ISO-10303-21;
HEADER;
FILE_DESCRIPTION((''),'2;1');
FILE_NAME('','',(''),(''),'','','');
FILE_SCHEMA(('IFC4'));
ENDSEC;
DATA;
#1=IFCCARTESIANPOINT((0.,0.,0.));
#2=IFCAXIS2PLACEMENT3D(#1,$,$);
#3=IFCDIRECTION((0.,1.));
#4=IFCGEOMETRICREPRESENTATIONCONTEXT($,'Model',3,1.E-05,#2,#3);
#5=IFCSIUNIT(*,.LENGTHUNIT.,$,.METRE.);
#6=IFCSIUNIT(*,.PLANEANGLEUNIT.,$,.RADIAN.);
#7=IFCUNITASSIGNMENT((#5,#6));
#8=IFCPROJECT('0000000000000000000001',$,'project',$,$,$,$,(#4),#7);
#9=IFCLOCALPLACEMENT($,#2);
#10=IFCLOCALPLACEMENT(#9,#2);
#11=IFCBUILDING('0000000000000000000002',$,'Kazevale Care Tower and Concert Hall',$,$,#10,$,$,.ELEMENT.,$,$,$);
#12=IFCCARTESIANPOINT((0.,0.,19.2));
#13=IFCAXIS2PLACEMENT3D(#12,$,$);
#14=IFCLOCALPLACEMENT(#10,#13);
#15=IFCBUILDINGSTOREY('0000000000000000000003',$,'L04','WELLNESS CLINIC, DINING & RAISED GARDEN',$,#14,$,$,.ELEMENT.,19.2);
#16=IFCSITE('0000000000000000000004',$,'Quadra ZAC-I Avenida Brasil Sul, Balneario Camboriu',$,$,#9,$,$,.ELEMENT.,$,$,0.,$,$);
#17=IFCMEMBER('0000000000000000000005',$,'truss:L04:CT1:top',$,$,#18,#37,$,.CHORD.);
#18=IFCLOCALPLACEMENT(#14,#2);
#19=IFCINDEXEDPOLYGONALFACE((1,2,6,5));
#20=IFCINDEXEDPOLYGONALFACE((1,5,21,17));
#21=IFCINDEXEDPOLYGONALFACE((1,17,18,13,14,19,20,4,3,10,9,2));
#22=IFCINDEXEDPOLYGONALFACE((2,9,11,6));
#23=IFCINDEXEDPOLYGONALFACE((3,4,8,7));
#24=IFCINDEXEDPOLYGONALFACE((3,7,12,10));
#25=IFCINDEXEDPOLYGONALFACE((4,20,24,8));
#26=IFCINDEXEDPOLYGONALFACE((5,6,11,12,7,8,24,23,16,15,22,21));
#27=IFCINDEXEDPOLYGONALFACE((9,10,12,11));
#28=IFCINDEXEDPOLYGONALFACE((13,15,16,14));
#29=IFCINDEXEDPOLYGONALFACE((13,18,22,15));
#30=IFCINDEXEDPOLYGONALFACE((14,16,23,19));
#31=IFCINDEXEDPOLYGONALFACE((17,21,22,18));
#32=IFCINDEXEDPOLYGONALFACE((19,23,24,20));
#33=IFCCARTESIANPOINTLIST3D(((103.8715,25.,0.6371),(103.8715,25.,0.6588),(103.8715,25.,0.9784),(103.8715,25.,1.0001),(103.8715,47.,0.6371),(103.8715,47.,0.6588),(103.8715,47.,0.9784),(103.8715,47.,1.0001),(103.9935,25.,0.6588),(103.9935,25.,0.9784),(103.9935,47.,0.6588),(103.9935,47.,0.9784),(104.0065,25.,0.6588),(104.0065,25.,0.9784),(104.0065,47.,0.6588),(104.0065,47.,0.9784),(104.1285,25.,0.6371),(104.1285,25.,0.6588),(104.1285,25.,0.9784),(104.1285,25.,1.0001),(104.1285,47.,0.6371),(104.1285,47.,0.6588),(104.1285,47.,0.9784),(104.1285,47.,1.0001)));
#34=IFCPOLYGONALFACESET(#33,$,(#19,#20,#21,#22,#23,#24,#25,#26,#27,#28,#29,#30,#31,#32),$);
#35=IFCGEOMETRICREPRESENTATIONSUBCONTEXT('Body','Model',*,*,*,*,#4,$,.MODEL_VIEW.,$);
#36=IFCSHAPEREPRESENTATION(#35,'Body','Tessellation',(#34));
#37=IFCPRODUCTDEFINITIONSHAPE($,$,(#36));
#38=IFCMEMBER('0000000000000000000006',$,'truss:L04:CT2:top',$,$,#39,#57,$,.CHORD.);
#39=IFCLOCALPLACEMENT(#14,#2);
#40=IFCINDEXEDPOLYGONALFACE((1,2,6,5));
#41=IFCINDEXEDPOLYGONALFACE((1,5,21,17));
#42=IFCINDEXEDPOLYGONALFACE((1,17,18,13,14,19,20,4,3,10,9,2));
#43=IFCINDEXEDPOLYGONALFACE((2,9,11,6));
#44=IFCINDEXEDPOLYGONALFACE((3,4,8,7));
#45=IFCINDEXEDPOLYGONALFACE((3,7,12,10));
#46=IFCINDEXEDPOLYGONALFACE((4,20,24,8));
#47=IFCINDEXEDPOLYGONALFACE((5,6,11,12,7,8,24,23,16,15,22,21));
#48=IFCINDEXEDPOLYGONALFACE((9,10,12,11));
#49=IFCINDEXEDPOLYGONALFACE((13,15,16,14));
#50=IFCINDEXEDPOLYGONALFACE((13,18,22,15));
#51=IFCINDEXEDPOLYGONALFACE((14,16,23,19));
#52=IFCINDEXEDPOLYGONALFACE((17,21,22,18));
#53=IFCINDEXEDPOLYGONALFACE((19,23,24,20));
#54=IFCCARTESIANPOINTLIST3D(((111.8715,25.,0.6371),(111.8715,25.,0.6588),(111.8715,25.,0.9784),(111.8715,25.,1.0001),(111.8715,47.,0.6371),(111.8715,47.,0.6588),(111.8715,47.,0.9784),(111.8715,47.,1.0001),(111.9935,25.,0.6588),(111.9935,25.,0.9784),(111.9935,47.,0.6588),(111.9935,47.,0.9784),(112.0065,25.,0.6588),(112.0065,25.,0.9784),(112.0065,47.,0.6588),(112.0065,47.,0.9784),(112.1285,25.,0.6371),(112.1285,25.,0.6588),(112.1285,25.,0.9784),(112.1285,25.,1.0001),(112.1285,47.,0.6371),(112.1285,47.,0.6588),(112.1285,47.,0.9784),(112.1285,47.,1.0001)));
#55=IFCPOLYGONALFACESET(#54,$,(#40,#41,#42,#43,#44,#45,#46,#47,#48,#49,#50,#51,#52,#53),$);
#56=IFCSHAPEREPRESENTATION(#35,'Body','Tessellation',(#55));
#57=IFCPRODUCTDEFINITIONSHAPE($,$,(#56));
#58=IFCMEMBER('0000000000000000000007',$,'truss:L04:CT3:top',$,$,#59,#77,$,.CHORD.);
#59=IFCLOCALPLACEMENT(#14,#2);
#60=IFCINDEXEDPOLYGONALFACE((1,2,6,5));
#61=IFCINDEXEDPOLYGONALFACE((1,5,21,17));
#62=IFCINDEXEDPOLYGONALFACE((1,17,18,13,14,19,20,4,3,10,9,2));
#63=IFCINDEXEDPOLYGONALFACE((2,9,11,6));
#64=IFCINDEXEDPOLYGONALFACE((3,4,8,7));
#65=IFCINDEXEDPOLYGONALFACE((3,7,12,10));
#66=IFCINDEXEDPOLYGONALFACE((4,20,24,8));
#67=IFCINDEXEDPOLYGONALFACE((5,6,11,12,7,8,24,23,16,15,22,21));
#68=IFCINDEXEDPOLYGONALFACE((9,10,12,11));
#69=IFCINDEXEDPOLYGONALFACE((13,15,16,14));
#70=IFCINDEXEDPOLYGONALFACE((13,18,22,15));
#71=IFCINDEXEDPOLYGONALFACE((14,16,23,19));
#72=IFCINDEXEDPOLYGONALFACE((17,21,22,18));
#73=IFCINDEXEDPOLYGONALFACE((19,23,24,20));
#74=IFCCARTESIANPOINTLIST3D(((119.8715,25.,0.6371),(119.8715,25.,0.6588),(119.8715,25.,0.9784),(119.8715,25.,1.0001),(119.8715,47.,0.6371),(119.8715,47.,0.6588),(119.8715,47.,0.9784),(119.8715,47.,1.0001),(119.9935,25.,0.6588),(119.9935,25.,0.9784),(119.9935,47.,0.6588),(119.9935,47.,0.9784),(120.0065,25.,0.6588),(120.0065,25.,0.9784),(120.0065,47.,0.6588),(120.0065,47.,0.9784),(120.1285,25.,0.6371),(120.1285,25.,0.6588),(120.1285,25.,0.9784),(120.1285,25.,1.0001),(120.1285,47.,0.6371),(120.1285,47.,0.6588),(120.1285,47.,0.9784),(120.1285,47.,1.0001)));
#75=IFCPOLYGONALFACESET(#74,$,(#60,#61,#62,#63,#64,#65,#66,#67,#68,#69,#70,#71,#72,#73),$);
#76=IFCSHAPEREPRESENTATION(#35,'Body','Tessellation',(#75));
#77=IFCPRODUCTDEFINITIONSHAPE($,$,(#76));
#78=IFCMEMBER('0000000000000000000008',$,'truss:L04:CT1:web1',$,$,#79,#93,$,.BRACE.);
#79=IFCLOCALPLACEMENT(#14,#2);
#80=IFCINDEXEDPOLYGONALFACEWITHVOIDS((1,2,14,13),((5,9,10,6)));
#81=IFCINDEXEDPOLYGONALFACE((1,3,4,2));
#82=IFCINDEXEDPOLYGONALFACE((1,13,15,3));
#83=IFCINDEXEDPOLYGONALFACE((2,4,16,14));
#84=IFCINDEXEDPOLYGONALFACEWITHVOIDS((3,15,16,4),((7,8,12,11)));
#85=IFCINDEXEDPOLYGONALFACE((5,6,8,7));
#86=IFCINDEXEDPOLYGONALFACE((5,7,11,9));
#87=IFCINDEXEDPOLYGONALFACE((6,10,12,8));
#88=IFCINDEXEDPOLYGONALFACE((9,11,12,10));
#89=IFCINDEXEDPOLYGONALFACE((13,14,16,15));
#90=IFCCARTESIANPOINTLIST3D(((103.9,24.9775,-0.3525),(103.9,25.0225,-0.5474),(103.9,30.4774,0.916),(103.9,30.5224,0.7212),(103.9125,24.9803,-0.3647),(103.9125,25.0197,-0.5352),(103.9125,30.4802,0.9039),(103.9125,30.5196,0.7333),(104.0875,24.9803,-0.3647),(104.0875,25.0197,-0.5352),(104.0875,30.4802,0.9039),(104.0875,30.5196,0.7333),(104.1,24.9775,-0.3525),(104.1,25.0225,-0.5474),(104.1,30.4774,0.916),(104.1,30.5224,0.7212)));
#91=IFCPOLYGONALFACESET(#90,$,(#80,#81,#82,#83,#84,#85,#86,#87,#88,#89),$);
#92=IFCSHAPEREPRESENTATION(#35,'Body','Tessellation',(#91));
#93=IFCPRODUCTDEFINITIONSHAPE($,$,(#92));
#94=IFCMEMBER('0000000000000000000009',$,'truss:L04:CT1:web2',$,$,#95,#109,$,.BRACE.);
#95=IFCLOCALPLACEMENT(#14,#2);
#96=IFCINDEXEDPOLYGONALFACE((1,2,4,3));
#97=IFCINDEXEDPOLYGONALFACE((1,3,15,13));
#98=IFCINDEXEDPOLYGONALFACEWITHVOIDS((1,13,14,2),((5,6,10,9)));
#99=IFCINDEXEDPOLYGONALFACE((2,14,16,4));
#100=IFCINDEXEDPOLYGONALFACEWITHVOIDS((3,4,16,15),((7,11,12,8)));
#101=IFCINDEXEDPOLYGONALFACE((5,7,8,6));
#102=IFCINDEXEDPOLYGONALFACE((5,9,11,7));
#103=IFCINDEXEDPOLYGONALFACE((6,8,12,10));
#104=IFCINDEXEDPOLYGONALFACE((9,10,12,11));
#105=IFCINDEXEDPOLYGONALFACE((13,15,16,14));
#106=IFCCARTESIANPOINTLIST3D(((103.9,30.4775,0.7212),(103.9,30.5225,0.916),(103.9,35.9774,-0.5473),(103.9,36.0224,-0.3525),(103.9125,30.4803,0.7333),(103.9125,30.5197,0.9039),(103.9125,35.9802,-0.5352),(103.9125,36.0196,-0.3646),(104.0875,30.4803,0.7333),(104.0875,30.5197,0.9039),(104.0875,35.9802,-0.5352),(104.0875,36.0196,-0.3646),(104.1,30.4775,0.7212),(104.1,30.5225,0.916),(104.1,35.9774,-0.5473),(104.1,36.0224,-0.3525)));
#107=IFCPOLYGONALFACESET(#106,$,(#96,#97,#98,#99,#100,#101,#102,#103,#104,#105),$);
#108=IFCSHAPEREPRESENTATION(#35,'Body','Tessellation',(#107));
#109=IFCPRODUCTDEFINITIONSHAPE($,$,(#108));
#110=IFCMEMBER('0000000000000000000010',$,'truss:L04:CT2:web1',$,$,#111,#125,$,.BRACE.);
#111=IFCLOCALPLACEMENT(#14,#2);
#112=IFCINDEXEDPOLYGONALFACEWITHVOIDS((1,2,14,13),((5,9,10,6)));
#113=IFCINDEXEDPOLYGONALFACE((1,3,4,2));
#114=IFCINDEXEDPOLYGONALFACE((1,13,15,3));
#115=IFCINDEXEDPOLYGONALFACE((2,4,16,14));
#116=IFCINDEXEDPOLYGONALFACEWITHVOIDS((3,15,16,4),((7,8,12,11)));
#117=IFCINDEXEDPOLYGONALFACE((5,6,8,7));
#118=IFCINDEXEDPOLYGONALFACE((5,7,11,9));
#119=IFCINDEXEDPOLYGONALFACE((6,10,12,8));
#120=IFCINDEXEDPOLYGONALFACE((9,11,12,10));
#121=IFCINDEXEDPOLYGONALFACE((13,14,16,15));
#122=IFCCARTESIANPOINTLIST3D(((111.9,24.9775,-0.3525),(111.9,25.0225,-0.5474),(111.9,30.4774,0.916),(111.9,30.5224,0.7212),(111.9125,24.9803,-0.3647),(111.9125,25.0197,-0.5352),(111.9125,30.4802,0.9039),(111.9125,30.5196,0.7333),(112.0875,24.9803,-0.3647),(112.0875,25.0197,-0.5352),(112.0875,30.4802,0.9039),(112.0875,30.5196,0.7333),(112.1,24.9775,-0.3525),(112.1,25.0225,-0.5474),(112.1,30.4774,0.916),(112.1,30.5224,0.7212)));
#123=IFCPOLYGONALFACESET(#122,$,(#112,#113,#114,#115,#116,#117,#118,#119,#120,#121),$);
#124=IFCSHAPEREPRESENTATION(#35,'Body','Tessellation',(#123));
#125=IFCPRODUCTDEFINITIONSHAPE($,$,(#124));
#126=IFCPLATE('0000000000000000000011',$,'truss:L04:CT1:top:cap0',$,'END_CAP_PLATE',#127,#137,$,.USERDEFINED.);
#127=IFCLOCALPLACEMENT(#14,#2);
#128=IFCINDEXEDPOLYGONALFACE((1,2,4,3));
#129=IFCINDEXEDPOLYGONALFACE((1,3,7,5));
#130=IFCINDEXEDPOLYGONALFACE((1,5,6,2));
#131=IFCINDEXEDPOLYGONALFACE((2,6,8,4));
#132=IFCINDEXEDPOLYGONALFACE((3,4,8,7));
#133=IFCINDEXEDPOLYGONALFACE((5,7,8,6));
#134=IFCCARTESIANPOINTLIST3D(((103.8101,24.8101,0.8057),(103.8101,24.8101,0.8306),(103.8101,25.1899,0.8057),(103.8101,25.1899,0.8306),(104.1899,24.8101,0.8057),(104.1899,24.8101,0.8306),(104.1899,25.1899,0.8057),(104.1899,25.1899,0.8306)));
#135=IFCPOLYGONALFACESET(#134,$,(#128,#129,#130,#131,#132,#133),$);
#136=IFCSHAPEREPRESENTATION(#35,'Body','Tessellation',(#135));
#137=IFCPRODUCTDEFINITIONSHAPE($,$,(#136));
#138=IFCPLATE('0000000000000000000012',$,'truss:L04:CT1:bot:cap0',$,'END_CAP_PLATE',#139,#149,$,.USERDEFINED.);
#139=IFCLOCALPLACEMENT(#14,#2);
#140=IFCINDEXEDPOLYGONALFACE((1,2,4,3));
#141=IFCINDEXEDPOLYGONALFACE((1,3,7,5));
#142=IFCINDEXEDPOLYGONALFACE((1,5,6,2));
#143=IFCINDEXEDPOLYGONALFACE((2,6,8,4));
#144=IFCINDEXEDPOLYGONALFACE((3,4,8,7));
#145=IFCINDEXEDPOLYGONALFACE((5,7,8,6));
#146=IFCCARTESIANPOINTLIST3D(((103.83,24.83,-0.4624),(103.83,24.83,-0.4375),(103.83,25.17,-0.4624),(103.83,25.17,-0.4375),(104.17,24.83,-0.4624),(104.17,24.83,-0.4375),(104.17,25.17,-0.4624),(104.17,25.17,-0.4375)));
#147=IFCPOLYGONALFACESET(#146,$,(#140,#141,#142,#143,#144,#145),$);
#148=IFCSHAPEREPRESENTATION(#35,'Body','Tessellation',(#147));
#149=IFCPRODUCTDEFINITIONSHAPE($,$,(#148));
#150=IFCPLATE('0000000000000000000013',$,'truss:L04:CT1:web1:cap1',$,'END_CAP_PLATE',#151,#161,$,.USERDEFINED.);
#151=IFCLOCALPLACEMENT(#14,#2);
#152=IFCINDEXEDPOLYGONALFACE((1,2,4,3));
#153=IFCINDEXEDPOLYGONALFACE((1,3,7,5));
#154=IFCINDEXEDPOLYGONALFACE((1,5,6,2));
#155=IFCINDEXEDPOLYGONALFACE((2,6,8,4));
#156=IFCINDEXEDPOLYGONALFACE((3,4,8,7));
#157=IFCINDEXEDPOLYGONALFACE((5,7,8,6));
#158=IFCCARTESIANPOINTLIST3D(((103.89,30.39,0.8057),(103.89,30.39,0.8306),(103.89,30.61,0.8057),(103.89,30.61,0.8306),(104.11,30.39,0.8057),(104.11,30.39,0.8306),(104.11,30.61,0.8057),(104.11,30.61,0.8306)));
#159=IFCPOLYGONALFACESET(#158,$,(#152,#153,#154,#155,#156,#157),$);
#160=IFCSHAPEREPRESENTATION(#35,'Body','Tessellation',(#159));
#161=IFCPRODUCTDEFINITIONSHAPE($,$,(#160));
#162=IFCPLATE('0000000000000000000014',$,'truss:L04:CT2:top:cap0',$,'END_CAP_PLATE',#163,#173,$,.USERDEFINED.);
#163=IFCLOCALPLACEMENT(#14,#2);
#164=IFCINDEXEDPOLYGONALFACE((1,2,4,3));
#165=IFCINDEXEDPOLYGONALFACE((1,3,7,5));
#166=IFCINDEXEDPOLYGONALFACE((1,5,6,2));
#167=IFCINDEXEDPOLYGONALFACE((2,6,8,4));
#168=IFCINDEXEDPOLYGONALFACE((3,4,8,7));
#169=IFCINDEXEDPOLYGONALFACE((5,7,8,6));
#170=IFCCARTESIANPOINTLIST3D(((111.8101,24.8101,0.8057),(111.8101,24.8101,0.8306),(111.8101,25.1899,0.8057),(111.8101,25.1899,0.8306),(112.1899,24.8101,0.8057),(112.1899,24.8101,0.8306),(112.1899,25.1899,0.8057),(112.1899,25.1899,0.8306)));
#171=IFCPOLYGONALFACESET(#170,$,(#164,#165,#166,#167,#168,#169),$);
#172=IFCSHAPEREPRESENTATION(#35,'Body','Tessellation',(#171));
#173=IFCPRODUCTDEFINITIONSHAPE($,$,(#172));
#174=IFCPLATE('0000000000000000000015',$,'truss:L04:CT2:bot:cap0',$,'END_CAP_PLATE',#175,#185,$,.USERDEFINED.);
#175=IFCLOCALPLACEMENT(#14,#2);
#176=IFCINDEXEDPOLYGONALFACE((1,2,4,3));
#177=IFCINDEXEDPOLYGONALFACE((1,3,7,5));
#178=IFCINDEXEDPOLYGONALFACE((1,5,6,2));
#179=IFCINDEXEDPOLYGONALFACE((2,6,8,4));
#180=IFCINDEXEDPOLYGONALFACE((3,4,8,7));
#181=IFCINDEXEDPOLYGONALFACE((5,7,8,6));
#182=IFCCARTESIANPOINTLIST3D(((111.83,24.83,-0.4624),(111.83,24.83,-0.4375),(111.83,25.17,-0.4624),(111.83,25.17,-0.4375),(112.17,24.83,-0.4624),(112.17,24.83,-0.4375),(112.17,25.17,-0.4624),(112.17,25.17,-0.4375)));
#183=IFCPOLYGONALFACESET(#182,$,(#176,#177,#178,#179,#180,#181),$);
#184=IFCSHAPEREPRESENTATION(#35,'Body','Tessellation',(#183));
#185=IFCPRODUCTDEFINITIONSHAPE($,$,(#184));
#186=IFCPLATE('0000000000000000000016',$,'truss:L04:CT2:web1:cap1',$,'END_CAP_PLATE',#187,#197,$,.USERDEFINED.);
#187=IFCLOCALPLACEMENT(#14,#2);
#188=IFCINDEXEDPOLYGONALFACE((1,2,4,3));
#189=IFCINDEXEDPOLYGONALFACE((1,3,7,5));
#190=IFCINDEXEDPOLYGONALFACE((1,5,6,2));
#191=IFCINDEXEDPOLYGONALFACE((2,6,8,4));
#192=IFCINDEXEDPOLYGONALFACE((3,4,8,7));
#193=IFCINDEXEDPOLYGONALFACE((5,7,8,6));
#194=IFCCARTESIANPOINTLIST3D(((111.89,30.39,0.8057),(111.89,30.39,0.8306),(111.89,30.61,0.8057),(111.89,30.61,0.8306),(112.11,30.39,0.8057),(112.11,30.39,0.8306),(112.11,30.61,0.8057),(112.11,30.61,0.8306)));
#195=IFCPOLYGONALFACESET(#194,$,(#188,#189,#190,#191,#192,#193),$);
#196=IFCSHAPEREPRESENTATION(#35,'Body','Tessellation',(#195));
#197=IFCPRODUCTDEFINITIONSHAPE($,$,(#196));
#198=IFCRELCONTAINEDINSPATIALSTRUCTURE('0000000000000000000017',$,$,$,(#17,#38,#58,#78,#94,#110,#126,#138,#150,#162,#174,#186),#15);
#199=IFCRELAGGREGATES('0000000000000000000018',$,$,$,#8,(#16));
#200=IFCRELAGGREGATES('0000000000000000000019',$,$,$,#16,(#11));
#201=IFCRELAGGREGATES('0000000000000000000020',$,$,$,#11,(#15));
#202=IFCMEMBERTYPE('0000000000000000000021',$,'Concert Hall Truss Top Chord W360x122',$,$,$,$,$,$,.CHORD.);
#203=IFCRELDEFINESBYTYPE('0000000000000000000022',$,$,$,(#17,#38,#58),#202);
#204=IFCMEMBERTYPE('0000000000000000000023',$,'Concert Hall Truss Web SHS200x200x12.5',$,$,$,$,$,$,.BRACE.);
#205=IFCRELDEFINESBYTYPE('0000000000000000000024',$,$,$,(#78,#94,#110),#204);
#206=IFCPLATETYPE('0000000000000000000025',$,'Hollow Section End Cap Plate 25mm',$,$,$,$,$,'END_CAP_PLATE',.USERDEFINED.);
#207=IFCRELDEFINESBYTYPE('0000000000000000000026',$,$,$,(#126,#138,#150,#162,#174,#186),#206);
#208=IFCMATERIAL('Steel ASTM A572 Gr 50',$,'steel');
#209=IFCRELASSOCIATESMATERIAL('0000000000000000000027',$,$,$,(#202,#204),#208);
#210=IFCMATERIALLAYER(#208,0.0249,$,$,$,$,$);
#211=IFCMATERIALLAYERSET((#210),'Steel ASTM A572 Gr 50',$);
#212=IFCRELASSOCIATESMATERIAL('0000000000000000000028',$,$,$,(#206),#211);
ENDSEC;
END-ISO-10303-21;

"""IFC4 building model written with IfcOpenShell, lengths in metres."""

from ifc_helpers import new_model, si_unit, direction, frame, origin, origin_2d, place, context, subcontext, project, spatial, rectangle, hollow_rectangle, i_section, extrude, material, layer, layer_set, material_profile, profile_set, type_object, element, save


model = new_model("IFC4")

# Units and contexts
model_context = context("Model", 3, precision=1e-05, world=origin(), true_north=direction((0.0, 1.0)))
body_context = subcontext(model_context, "Body", "Model", "MODEL_VIEW")
ifc_project = project(units=[si_unit("LENGTHUNIT", "METRE"), si_unit("PLANEANGLEUNIT", "RADIAN")], contexts=[model_context])

# Site, building, storey
site_placement = place(None, origin())
site = spatial("IfcSite", under=ifc_project, at=site_placement, Name="Quadra ZAC-I Avenida Brasil Sul, Balneario Camboriu", CompositionType="ELEMENT", RefElevation=0.0)
building_placement = place(site_placement, origin())
building = spatial("IfcBuilding", under=site, at=building_placement, Name="Kazevale Care Tower and Concert Hall", CompositionType="ELEMENT")
storey_placement = place(building_placement, frame((0.0, 0.0, 19.2)))
storey = spatial("IfcBuildingStorey", under=building, at=storey_placement, Name="L04", Description="WELLNESS CLINIC, DINING & RAISED GARDEN", CompositionType="ELEMENT", Elevation=19.2)

# Shared definitions
ifc_material_1 = material(Name="Steel ASTM A572 Gr 50", Category="steel")

# Members
ifc_material_profile_1 = material_profile(ifc_material_1, i_section(OverallWidth=0.2571, OverallDepth=0.363, WebThickness=0.0129, FlangeThickness=0.0217, at=origin_2d()), Name="W360x122")
ifc_profile_set_1 = profile_set([ifc_material_profile_1], Name="Steel ASTM A572 Gr 50")
member_type_1 = type_object("IfcMemberType", Name="Concert Hall Truss Top Chord W360x122", PredefinedType="CHORD", material=ifc_profile_set_1)
for number, where, z_axis, x_axis, name in (
    (1, (104.0, 25.0, 0.8186), (0.0, 1.0, 0.0), (-1.0, 0.0, 0.0), "truss:L04:CT1:top"),
    (2, (112.0, 25.0, 0.8186), (0.0, 1.0, 0.0), (-1.0, 0.0, 0.0), "truss:L04:CT2:top"),
    (3, (120.0, 25.0, 0.8186), (0.0, 1.0, 0.0), (-1.0, 0.0, 0.0), "truss:L04:CT3:top"),
):
    element("IfcMember", number, at=place(storey_placement, frame(where, z_axis=z_axis, x_axis=x_axis)), inside=storey, type_object=member_type_1, Name=name, PredefinedType="CHORD", context=body_context, shape_type="SweptSolid", body=[
        extrude(i_section(OverallWidth=0.2571, OverallDepth=0.363, WebThickness=0.0129, FlangeThickness=0.0217, at=origin_2d()), origin(), (0.0, 0.0, 1.0), 22.0),
    ])
ifc_material_profile_2 = material_profile(ifc_material_1, hollow_rectangle(XDim=0.2, YDim=0.2, WallThickness=0.0125, at=origin_2d()), Name="SHS200x200x12.5")
ifc_profile_set_2 = profile_set([ifc_material_profile_2], Name="Steel ASTM A572 Gr 50")
member_type_2 = type_object("IfcMemberType", Name="Concert Hall Truss Web SHS200x200x12.5", PredefinedType="BRACE", material=ifc_profile_set_2)
for number, where, z_axis, x_axis, name in (
    (4, (104.0, 25.0, -0.45), (0.0, 0.974417, 0.224746), (-1.0, 0.0, 0.0), "truss:L04:CT1:web1"),
    (5, (104.0, 30.5, 0.8186), (0.0, 0.974417, -0.224746), (-1.0, 0.0, 0.0), "truss:L04:CT1:web2"),
    (6, (112.0, 25.0, -0.45), (0.0, 0.974417, 0.224746), (-1.0, 0.0, 0.0), "truss:L04:CT2:web1"),
):
    element("IfcMember", number, at=place(storey_placement, frame(where, z_axis=z_axis, x_axis=x_axis)), inside=storey, type_object=member_type_2, Name=name, PredefinedType="BRACE", context=body_context, shape_type="SweptSolid", body=[
        extrude(hollow_rectangle(XDim=0.2, YDim=0.2, WallThickness=0.0125, at=origin_2d()), origin(), (0.0, 0.0, 1.0), 5.6443),
    ])

# Plates
ifc_layer = layer(ifc_material_1, 0.0249)
ifc_layer_set = layer_set([ifc_layer], Name="Steel ASTM A572 Gr 50")
plate_type = type_object("IfcPlateType", Name="Hollow Section End Cap Plate 25mm", ElementType="END_CAP_PLATE", PredefinedType="USERDEFINED", material=ifc_layer_set)
plate_1_placement = place(storey_placement, frame((104.0, 25.0, 0.8057), z_axis=(0.0, 0.0, 1.0), x_axis=(1.0, 0.0, 0.0)))
element("IfcPlate", 7, at=plate_1_placement, inside=storey, type_object=plate_type, Name="truss:L04:CT1:top:cap0", ObjectType="END_CAP_PLATE", PredefinedType="USERDEFINED", context=body_context, shape_type="SweptSolid", body=[
    extrude(rectangle(XDim=0.3799, YDim=0.3799, at=origin_2d()), origin(), (0.0, 0.0, 1.0), 0.0249),
])
plate_2_placement = place(storey_placement, frame((104.0, 25.0, -0.4624), z_axis=(0.0, 0.0, 1.0), x_axis=(1.0, 0.0, 0.0)))
element("IfcPlate", 8, at=plate_2_placement, inside=storey, type_object=plate_type, Name="truss:L04:CT1:bot:cap0", ObjectType="END_CAP_PLATE", PredefinedType="USERDEFINED", context=body_context, shape_type="SweptSolid", body=[
    extrude(rectangle(XDim=0.3401, YDim=0.3401, at=origin_2d()), origin(), (0.0, 0.0, 1.0), 0.0249),
])
plate_3_placement = place(storey_placement, frame((104.0, 30.5, 0.8057), z_axis=(0.0, 0.0, 1.0), x_axis=(1.0, 0.0, 0.0)))
element("IfcPlate", 9, at=plate_3_placement, inside=storey, type_object=plate_type, Name="truss:L04:CT1:web1:cap1", ObjectType="END_CAP_PLATE", PredefinedType="USERDEFINED", context=body_context, shape_type="SweptSolid", body=[
    extrude(rectangle(XDim=0.22, YDim=0.22, at=origin_2d()), origin(), (0.0, 0.0, 1.0), 0.0249),
])
plate_4_placement = place(storey_placement, frame((112.0, 25.0, 0.8057), z_axis=(0.0, 0.0, 1.0), x_axis=(1.0, 0.0, 0.0)))
element("IfcPlate", 10, at=plate_4_placement, inside=storey, type_object=plate_type, Name="truss:L04:CT2:top:cap0", ObjectType="END_CAP_PLATE", PredefinedType="USERDEFINED", context=body_context, shape_type="SweptSolid", body=[
    extrude(rectangle(XDim=0.3799, YDim=0.3799, at=origin_2d()), origin(), (0.0, 0.0, 1.0), 0.0249),
])
plate_5_placement = place(storey_placement, frame((112.0, 25.0, -0.4624), z_axis=(0.0, 0.0, 1.0), x_axis=(1.0, 0.0, 0.0)))
element("IfcPlate", 11, at=plate_5_placement, inside=storey, type_object=plate_type, Name="truss:L04:CT2:bot:cap0", ObjectType="END_CAP_PLATE", PredefinedType="USERDEFINED", context=body_context, shape_type="SweptSolid", body=[
    extrude(rectangle(XDim=0.3401, YDim=0.3401, at=origin_2d()), origin(), (0.0, 0.0, 1.0), 0.0249),
])
plate_6_placement = place(storey_placement, frame((112.0, 30.5, 0.8057), z_axis=(0.0, 0.0, 1.0), x_axis=(1.0, 0.0, 0.0)))
element("IfcPlate", 12, at=plate_6_placement, inside=storey, type_object=plate_type, Name="truss:L04:CT2:web1:cap1", ObjectType="END_CAP_PLATE", PredefinedType="USERDEFINED", context=body_context, shape_type="SweptSolid", body=[
    extrude(rectangle(XDim=0.22, YDim=0.22, at=origin_2d()), origin(), (0.0, 0.0, 1.0), 0.0249),
])

save(model, "model.ifc")
